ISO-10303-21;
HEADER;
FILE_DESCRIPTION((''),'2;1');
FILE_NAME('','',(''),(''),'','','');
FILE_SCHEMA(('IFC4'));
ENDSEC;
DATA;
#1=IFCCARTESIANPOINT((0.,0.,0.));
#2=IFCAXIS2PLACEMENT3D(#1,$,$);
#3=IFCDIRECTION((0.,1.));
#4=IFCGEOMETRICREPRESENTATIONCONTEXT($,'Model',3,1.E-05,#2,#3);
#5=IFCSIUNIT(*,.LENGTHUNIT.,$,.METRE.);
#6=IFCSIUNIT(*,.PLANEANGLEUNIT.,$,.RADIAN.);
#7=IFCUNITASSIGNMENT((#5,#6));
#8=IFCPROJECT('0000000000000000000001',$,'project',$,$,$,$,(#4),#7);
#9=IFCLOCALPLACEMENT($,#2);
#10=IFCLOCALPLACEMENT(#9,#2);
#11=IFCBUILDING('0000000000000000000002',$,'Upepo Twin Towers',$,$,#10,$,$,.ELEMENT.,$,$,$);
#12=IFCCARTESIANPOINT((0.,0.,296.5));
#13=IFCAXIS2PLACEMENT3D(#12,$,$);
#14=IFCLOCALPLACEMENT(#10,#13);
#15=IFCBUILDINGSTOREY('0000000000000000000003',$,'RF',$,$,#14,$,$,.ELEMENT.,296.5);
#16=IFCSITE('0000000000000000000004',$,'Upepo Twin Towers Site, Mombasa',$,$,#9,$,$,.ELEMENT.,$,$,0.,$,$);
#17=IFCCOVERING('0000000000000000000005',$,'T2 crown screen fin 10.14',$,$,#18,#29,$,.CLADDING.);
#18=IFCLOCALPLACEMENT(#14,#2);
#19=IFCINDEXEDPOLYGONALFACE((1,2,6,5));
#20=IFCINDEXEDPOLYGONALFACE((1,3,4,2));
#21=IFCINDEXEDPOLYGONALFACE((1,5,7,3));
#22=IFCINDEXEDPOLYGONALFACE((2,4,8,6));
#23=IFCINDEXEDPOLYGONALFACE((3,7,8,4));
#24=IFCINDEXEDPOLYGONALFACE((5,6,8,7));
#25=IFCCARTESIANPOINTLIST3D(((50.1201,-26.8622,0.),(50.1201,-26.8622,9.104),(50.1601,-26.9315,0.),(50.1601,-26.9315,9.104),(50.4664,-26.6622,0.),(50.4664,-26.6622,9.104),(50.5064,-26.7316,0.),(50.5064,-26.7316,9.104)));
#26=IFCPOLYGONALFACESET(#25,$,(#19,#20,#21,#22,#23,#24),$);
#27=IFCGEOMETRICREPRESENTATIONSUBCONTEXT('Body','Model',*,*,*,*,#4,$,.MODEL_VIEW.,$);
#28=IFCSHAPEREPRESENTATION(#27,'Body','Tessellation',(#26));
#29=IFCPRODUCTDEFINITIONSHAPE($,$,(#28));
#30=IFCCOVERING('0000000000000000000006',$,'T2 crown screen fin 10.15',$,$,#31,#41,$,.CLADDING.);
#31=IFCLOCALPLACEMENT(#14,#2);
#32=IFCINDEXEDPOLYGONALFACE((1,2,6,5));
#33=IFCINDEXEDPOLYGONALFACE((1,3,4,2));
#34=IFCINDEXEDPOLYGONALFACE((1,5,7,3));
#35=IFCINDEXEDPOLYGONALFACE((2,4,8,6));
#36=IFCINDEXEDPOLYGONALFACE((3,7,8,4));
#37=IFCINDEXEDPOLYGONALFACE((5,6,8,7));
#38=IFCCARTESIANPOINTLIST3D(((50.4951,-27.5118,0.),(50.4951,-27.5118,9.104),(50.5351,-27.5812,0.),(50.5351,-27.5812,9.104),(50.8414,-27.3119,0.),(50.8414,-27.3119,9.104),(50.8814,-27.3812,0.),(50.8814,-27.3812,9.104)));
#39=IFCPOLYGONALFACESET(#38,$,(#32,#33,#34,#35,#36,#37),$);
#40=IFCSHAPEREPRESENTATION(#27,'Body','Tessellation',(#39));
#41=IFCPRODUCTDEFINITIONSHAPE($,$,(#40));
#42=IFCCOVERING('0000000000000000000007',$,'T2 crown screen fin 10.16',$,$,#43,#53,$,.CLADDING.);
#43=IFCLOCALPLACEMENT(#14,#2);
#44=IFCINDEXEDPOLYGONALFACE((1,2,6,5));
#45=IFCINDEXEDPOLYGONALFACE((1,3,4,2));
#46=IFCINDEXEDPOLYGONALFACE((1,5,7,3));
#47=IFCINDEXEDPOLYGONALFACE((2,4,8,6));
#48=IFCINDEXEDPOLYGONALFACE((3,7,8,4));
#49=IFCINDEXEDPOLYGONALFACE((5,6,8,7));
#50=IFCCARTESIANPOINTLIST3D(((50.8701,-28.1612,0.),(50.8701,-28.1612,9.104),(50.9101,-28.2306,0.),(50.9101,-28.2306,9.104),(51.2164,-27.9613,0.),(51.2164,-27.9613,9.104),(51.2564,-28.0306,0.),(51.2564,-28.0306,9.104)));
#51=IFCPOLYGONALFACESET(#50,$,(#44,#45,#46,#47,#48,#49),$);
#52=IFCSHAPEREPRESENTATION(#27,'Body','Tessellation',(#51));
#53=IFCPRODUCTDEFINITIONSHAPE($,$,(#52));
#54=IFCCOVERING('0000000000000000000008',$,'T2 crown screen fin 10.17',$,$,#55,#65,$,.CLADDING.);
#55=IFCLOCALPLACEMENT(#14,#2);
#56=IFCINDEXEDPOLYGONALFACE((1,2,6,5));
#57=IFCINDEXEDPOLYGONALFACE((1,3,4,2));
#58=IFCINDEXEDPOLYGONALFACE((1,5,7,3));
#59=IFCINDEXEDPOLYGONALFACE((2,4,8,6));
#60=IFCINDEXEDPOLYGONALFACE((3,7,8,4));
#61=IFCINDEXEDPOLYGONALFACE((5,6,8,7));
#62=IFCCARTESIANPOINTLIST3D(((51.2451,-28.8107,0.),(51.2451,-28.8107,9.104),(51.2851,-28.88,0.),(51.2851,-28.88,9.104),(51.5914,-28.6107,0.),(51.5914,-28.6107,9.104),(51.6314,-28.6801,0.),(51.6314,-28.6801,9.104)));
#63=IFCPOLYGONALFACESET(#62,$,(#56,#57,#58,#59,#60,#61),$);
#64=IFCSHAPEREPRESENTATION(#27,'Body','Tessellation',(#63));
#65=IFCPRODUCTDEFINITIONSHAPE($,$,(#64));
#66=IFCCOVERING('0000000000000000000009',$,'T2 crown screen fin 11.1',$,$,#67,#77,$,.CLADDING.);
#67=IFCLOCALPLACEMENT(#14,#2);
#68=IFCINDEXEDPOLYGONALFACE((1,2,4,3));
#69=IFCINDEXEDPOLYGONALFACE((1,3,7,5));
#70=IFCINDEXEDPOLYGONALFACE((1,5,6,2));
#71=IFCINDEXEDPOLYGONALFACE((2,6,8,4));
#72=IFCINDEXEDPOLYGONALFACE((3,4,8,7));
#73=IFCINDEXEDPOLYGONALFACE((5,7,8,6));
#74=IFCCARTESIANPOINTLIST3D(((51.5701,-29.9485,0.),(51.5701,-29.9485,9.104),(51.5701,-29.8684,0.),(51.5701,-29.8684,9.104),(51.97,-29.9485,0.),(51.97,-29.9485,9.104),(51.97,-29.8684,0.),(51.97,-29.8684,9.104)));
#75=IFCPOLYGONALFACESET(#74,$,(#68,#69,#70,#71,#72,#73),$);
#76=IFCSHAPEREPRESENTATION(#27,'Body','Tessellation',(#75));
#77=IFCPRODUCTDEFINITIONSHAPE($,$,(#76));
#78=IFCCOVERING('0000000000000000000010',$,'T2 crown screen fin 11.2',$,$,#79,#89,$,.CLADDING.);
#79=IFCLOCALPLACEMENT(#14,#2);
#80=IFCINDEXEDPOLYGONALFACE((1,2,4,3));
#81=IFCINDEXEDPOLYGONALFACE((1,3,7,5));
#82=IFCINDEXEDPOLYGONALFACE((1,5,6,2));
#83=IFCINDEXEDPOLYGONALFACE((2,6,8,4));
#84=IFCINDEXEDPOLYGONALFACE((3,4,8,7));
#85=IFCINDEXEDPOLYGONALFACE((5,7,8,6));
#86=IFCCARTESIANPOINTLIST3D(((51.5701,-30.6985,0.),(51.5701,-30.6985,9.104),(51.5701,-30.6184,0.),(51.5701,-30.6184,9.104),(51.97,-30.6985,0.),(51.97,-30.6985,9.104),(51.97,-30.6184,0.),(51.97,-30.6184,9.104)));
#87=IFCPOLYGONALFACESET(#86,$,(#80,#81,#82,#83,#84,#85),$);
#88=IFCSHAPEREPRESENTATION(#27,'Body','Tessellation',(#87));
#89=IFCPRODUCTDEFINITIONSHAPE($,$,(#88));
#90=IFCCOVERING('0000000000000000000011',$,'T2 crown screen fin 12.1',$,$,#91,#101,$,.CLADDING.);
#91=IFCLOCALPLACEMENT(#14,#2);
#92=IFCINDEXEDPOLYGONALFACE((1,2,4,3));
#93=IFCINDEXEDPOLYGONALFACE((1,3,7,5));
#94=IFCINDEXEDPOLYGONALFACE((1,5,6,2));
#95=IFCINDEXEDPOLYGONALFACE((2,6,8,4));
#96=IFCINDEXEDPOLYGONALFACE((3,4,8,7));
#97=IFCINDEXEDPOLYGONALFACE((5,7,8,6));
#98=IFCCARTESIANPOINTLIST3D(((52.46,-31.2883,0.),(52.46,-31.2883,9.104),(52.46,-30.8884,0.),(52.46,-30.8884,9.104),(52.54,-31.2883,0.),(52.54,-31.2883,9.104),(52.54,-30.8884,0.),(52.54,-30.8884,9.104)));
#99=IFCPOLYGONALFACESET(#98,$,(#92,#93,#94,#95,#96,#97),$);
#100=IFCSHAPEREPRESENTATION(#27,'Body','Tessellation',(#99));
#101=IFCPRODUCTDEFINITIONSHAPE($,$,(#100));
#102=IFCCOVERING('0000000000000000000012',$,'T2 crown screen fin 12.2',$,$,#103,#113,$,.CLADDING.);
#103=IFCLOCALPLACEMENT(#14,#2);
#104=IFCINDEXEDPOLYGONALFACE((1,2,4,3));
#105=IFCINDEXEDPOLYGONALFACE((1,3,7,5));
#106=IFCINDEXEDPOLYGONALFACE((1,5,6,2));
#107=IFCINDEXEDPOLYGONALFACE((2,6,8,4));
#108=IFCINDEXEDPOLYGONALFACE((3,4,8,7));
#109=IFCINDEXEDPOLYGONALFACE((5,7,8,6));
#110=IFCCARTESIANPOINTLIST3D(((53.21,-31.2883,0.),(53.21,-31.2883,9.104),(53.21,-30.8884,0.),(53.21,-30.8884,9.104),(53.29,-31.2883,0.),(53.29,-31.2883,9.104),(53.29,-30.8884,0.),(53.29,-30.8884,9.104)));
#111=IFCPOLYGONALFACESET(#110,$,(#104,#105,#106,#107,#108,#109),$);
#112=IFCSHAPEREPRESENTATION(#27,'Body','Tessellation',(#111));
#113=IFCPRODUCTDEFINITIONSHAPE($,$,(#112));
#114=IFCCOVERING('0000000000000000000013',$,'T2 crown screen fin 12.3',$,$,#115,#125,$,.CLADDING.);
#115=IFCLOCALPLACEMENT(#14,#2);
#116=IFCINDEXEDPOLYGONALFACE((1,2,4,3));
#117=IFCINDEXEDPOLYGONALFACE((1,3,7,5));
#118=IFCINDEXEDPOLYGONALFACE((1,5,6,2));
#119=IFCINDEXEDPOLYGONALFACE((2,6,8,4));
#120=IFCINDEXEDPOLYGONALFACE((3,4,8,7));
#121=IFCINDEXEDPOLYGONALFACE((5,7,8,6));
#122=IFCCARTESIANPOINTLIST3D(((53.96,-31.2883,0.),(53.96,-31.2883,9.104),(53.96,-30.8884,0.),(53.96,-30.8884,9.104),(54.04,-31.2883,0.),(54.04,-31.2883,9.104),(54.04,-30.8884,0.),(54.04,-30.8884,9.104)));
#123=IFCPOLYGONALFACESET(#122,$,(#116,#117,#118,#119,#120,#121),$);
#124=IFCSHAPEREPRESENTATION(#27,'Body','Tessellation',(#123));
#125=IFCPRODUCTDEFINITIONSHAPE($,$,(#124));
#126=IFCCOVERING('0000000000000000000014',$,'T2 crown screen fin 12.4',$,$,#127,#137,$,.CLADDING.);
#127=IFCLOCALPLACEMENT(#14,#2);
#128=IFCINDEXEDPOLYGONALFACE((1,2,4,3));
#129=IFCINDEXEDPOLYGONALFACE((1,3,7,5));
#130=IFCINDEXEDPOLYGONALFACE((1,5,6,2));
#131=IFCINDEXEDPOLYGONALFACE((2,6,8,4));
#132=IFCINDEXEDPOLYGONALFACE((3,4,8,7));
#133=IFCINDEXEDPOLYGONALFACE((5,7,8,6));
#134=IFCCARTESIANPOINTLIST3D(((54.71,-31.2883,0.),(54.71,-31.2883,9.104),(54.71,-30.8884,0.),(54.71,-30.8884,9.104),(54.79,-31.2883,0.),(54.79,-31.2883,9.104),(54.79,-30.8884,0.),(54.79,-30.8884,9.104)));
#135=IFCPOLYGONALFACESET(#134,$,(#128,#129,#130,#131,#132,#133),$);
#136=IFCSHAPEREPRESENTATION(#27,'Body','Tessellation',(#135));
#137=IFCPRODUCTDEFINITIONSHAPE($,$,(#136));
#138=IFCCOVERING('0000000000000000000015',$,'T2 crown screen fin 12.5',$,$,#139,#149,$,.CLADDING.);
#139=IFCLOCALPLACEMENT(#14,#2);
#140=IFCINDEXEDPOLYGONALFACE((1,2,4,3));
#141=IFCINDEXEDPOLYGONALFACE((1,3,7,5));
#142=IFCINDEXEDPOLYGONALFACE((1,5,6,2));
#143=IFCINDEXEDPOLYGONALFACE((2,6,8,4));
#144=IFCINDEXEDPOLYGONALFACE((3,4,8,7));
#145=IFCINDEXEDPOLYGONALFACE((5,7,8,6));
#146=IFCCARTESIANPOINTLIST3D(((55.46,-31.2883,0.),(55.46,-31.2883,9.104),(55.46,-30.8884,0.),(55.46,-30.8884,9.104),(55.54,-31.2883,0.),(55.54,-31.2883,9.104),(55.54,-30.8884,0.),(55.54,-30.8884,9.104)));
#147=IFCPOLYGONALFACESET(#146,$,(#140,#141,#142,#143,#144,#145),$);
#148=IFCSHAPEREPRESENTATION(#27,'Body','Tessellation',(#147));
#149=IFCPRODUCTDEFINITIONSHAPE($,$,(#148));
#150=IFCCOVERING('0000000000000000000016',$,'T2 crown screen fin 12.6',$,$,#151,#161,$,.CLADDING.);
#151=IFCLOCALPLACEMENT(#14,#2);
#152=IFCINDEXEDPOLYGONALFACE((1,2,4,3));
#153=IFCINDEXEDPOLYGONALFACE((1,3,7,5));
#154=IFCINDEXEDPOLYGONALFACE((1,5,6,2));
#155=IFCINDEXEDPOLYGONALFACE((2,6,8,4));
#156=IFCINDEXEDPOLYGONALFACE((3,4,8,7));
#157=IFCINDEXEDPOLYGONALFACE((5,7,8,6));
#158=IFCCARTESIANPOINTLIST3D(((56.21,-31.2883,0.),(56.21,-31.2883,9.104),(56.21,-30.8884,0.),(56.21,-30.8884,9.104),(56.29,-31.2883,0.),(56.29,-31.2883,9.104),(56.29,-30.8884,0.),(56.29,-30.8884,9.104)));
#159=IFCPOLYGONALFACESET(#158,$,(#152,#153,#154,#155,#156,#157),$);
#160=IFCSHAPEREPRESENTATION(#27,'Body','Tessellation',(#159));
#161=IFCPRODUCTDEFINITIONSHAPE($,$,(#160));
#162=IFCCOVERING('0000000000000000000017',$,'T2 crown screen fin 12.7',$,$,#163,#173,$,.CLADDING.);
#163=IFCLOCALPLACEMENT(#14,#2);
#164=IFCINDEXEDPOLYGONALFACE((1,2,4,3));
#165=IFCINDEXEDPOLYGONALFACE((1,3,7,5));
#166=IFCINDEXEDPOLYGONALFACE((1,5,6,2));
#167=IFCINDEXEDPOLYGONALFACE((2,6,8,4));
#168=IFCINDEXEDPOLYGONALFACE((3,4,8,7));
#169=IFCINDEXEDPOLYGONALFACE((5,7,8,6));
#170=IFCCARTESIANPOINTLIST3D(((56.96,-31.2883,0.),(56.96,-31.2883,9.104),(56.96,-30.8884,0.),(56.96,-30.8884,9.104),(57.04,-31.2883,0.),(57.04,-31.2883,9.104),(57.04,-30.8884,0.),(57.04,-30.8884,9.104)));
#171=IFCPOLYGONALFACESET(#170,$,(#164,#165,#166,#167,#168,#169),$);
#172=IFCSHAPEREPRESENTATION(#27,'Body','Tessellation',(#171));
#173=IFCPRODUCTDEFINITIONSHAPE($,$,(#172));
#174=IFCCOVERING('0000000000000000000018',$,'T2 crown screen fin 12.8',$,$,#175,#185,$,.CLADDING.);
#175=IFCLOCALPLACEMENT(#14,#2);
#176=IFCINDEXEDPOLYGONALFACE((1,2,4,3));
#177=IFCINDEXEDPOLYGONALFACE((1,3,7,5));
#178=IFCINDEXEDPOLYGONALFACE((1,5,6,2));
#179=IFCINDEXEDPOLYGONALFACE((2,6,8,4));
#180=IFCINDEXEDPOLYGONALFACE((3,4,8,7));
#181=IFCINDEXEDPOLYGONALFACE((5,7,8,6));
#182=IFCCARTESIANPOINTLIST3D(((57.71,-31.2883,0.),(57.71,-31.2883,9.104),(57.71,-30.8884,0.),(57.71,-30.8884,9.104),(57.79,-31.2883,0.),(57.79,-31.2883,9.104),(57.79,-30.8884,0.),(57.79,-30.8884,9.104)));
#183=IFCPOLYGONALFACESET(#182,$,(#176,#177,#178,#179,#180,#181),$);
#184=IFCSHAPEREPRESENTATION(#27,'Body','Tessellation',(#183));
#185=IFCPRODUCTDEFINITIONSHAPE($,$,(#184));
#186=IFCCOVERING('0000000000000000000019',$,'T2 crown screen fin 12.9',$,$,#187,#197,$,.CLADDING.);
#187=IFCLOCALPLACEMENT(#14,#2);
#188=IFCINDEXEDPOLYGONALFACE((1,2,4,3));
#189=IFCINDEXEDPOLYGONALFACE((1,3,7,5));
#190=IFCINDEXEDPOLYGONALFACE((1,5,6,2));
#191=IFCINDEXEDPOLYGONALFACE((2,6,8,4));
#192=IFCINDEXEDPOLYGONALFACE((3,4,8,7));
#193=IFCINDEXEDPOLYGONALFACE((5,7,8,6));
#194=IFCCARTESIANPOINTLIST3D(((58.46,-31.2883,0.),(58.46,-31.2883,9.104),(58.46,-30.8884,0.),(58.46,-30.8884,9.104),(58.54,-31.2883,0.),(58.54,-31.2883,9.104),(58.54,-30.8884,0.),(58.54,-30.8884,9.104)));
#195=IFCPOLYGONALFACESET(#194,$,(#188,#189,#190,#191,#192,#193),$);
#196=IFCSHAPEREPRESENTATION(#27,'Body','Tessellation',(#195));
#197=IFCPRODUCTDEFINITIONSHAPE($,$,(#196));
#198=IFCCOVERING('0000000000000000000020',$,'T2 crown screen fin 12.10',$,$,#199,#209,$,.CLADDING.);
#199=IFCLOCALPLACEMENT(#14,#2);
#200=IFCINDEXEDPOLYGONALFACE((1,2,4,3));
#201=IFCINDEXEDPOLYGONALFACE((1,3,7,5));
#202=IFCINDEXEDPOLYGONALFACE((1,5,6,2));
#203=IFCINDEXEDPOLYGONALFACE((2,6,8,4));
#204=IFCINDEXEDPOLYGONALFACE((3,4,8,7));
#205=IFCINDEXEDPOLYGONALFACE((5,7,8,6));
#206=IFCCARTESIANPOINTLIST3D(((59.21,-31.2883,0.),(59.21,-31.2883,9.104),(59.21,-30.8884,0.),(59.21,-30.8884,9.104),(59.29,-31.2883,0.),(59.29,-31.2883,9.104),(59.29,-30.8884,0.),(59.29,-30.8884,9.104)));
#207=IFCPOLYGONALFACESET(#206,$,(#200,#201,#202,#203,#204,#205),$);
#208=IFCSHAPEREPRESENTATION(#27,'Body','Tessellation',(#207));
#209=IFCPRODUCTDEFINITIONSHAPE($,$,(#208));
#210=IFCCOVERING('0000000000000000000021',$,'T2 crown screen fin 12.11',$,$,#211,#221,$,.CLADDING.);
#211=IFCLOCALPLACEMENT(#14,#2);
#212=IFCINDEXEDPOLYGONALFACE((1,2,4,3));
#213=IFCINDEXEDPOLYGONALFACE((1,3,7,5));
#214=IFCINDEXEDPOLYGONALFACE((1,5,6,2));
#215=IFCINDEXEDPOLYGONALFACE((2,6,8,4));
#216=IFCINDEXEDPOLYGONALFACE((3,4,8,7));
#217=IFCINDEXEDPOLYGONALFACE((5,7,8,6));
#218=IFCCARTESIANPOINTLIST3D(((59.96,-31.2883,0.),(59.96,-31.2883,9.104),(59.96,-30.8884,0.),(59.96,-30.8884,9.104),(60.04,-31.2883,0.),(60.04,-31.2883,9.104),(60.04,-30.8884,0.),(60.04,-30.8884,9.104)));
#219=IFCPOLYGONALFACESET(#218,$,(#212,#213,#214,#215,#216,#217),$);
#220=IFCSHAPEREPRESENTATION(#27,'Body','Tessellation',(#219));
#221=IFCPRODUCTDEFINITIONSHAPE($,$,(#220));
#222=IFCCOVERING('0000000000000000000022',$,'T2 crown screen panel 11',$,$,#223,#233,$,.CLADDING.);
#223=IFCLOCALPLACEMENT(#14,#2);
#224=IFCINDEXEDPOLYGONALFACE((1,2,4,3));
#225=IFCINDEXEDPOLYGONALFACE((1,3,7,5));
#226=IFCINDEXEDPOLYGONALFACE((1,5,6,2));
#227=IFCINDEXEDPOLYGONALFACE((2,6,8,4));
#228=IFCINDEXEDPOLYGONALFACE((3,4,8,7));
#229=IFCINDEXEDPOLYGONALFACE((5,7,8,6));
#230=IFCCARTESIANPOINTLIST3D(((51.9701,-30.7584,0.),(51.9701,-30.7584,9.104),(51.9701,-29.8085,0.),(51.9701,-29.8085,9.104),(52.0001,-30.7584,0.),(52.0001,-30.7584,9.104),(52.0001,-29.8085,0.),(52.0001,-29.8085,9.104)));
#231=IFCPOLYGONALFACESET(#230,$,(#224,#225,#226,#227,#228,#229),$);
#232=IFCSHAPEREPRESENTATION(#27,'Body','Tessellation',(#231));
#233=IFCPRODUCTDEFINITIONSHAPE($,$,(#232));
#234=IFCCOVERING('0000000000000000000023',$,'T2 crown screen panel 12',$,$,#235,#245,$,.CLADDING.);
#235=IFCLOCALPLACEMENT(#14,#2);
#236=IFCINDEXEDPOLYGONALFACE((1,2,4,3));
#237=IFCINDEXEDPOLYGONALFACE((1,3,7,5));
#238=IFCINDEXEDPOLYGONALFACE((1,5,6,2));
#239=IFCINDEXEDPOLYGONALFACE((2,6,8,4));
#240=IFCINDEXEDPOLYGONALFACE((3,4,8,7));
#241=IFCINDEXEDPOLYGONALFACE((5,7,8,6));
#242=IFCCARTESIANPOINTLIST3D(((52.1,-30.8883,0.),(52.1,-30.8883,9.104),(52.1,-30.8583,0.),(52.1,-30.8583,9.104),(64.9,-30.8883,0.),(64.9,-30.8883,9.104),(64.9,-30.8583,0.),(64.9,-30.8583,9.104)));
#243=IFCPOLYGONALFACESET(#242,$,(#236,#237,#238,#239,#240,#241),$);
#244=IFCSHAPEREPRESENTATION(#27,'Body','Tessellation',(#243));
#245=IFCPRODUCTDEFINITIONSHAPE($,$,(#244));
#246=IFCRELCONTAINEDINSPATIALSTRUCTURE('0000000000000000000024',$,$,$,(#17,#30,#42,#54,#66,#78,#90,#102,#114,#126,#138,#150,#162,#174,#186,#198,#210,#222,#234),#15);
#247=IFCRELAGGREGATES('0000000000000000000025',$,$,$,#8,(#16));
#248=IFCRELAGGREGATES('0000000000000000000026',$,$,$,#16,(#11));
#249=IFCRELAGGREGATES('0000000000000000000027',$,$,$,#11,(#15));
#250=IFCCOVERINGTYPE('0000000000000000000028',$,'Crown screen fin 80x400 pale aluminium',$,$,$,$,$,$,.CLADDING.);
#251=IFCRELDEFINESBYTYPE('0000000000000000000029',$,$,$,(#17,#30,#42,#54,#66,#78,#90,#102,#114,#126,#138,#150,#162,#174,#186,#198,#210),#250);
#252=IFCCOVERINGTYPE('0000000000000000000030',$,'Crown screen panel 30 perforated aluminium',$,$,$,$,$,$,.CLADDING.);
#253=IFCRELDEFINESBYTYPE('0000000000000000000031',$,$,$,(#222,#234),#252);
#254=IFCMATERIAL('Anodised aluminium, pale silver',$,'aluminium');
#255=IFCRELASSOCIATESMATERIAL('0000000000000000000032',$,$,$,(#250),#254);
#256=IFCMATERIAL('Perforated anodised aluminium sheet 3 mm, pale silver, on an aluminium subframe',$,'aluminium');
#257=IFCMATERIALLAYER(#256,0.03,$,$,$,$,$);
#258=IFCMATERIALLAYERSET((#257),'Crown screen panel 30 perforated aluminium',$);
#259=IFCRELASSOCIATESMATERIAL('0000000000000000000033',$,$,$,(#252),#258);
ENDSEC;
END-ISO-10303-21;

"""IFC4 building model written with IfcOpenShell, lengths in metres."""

from ifc_helpers import new_model, si_unit, direction, frame, origin, origin_2d, place, context, subcontext, project, spatial, rectangle, extrude, material, layer, layer_set, type_object, element, save


model = new_model("IFC4")

# Units and contexts
model_context = context("Model", 3, precision=1e-05, world=origin(), true_north=direction((0.0, 1.0)))
body_context = subcontext(model_context, "Body", "Model", "MODEL_VIEW")
ifc_project = project(units=[si_unit("LENGTHUNIT", "METRE"), si_unit("PLANEANGLEUNIT", "RADIAN")], contexts=[model_context])

# Site, building, storey
site_placement = place(None, origin())
site = spatial("IfcSite", under=ifc_project, at=site_placement, Name="Upepo Twin Towers Site, Mombasa", CompositionType="ELEMENT", RefElevation=0.0)
building_placement = place(site_placement, origin())
building = spatial("IfcBuilding", under=site, at=building_placement, Name="Upepo Twin Towers", CompositionType="ELEMENT")
storey_placement = place(building_placement, frame((0.0, 0.0, 296.5)))
storey = spatial("IfcBuildingStorey", under=building, at=storey_placement, Name="RF", CompositionType="ELEMENT", Elevation=296.5)

# Coverings
ifc_material_1 = material(Name="Anodised aluminium, pale silver", Category="aluminium")
covering_type_1 = type_object("IfcCoveringType", Name="Crown screen fin 80x400 pale aluminium", PredefinedType="CLADDING", material=ifc_material_1)
for number, where, z_axis, x_axis, name in (
    (1, (50.3132, -26.7969, 0.0), (0.0, 0.0, 1.0), (0.5, -0.866025, 0.0), "T2 crown screen fin 10.14"),
    (2, (50.6882, -27.4465, 0.0), (0.0, 0.0, 1.0), (0.5, -0.866025, 0.0), "T2 crown screen fin 10.15"),
    (3, (51.0632, -28.0959, 0.0), (0.0, 0.0, 1.0), (0.5, -0.866025, 0.0), "T2 crown screen fin 10.16"),
    (4, (51.4382, -28.7454, 0.0), (0.0, 0.0, 1.0), (0.5, -0.866025, 0.0), "T2 crown screen fin 10.17"),
    (5, (51.77, -29.9084, 0.0), (0.0, 0.0, 1.0), (0.0, -1.0, 0.0), "T2 crown screen fin 11.1"),
    (6, (51.77, -30.6584, 0.0), (0.0, 0.0, 1.0), (0.0, -1.0, 0.0), "T2 crown screen fin 11.2"),
    (7, (52.5, -31.0884, 0.0), (0.0, 0.0, 1.0), (1.0, 0.0, 0.0), "T2 crown screen fin 12.1"),
    (8, (53.25, -31.0884, 0.0), (0.0, 0.0, 1.0), (1.0, 0.0, 0.0), "T2 crown screen fin 12.2"),
    (9, (54.0, -31.0884, 0.0), (0.0, 0.0, 1.0), (1.0, 0.0, 0.0), "T2 crown screen fin 12.3"),
    (10, (54.75, -31.0884, 0.0), (0.0, 0.0, 1.0), (1.0, 0.0, 0.0), "T2 crown screen fin 12.4"),
    (11, (55.5, -31.0884, 0.0), (0.0, 0.0, 1.0), (1.0, 0.0, 0.0), "T2 crown screen fin 12.5"),
    (12, (56.25, -31.0884, 0.0), (0.0, 0.0, 1.0), (1.0, 0.0, 0.0), "T2 crown screen fin 12.6"),
    (13, (57.0, -31.0884, 0.0), (0.0, 0.0, 1.0), (1.0, 0.0, 0.0), "T2 crown screen fin 12.7"),
    (14, (57.75, -31.0884, 0.0), (0.0, 0.0, 1.0), (1.0, 0.0, 0.0), "T2 crown screen fin 12.8"),
    (15, (58.5, -31.0884, 0.0), (0.0, 0.0, 1.0), (1.0, 0.0, 0.0), "T2 crown screen fin 12.9"),
    (16, (59.25, -31.0884, 0.0), (0.0, 0.0, 1.0), (1.0, 0.0, 0.0), "T2 crown screen fin 12.10"),
    (17, (60.0, -31.0884, 0.0), (0.0, 0.0, 1.0), (1.0, 0.0, 0.0), "T2 crown screen fin 12.11"),
):
    element("IfcCovering", number, at=place(storey_placement, frame(where, z_axis=z_axis, x_axis=x_axis)), inside=storey, type_object=covering_type_1, Name=name, PredefinedType="CLADDING", context=body_context, shape_type="SweptSolid", body=[
        extrude(rectangle(XDim=0.0801, YDim=0.3999, at=origin_2d()), origin(), (0.0, 0.0, 1.0), 9.104),
    ])
ifc_material_2 = material(Name="Perforated anodised aluminium sheet 3 mm, pale silver, on an aluminium subframe", Category="aluminium")
ifc_layer_1 = layer(ifc_material_2, 0.03)
ifc_layer_set_1 = layer_set([ifc_layer_1], Name="Crown screen panel 30 perforated aluminium")
covering_type_2 = type_object("IfcCoveringType", Name="Crown screen panel 30 perforated aluminium", PredefinedType="CLADDING", material=ifc_layer_set_1)
covering_1_placement = place(storey_placement, frame((51.9851, -30.2834, 0.0), z_axis=(0.0, 0.0, 1.0), x_axis=(0.0, -1.0, 0.0)))
element("IfcCovering", 18, at=covering_1_placement, inside=storey, type_object=covering_type_2, Name="T2 crown screen panel 11", PredefinedType="CLADDING", context=body_context, shape_type="SweptSolid", body=[
    extrude(rectangle(XDim=0.95, YDim=0.03, at=origin_2d()), origin(), (0.0, 0.0, 1.0), 9.104),
])
covering_2_placement = place(storey_placement, frame((58.5, -30.8733, 0.0), z_axis=(0.0, 0.0, 1.0), x_axis=(1.0, 0.0, 0.0)))
element("IfcCovering", 19, at=covering_2_placement, inside=storey, type_object=covering_type_2, Name="T2 crown screen panel 12", PredefinedType="CLADDING", context=body_context, shape_type="SweptSolid", body=[
    extrude(rectangle(XDim=12.8, YDim=0.03, at=origin_2d()), origin(), (0.0, 0.0, 1.0), 9.104),
])

save(model, "model.ifc")
